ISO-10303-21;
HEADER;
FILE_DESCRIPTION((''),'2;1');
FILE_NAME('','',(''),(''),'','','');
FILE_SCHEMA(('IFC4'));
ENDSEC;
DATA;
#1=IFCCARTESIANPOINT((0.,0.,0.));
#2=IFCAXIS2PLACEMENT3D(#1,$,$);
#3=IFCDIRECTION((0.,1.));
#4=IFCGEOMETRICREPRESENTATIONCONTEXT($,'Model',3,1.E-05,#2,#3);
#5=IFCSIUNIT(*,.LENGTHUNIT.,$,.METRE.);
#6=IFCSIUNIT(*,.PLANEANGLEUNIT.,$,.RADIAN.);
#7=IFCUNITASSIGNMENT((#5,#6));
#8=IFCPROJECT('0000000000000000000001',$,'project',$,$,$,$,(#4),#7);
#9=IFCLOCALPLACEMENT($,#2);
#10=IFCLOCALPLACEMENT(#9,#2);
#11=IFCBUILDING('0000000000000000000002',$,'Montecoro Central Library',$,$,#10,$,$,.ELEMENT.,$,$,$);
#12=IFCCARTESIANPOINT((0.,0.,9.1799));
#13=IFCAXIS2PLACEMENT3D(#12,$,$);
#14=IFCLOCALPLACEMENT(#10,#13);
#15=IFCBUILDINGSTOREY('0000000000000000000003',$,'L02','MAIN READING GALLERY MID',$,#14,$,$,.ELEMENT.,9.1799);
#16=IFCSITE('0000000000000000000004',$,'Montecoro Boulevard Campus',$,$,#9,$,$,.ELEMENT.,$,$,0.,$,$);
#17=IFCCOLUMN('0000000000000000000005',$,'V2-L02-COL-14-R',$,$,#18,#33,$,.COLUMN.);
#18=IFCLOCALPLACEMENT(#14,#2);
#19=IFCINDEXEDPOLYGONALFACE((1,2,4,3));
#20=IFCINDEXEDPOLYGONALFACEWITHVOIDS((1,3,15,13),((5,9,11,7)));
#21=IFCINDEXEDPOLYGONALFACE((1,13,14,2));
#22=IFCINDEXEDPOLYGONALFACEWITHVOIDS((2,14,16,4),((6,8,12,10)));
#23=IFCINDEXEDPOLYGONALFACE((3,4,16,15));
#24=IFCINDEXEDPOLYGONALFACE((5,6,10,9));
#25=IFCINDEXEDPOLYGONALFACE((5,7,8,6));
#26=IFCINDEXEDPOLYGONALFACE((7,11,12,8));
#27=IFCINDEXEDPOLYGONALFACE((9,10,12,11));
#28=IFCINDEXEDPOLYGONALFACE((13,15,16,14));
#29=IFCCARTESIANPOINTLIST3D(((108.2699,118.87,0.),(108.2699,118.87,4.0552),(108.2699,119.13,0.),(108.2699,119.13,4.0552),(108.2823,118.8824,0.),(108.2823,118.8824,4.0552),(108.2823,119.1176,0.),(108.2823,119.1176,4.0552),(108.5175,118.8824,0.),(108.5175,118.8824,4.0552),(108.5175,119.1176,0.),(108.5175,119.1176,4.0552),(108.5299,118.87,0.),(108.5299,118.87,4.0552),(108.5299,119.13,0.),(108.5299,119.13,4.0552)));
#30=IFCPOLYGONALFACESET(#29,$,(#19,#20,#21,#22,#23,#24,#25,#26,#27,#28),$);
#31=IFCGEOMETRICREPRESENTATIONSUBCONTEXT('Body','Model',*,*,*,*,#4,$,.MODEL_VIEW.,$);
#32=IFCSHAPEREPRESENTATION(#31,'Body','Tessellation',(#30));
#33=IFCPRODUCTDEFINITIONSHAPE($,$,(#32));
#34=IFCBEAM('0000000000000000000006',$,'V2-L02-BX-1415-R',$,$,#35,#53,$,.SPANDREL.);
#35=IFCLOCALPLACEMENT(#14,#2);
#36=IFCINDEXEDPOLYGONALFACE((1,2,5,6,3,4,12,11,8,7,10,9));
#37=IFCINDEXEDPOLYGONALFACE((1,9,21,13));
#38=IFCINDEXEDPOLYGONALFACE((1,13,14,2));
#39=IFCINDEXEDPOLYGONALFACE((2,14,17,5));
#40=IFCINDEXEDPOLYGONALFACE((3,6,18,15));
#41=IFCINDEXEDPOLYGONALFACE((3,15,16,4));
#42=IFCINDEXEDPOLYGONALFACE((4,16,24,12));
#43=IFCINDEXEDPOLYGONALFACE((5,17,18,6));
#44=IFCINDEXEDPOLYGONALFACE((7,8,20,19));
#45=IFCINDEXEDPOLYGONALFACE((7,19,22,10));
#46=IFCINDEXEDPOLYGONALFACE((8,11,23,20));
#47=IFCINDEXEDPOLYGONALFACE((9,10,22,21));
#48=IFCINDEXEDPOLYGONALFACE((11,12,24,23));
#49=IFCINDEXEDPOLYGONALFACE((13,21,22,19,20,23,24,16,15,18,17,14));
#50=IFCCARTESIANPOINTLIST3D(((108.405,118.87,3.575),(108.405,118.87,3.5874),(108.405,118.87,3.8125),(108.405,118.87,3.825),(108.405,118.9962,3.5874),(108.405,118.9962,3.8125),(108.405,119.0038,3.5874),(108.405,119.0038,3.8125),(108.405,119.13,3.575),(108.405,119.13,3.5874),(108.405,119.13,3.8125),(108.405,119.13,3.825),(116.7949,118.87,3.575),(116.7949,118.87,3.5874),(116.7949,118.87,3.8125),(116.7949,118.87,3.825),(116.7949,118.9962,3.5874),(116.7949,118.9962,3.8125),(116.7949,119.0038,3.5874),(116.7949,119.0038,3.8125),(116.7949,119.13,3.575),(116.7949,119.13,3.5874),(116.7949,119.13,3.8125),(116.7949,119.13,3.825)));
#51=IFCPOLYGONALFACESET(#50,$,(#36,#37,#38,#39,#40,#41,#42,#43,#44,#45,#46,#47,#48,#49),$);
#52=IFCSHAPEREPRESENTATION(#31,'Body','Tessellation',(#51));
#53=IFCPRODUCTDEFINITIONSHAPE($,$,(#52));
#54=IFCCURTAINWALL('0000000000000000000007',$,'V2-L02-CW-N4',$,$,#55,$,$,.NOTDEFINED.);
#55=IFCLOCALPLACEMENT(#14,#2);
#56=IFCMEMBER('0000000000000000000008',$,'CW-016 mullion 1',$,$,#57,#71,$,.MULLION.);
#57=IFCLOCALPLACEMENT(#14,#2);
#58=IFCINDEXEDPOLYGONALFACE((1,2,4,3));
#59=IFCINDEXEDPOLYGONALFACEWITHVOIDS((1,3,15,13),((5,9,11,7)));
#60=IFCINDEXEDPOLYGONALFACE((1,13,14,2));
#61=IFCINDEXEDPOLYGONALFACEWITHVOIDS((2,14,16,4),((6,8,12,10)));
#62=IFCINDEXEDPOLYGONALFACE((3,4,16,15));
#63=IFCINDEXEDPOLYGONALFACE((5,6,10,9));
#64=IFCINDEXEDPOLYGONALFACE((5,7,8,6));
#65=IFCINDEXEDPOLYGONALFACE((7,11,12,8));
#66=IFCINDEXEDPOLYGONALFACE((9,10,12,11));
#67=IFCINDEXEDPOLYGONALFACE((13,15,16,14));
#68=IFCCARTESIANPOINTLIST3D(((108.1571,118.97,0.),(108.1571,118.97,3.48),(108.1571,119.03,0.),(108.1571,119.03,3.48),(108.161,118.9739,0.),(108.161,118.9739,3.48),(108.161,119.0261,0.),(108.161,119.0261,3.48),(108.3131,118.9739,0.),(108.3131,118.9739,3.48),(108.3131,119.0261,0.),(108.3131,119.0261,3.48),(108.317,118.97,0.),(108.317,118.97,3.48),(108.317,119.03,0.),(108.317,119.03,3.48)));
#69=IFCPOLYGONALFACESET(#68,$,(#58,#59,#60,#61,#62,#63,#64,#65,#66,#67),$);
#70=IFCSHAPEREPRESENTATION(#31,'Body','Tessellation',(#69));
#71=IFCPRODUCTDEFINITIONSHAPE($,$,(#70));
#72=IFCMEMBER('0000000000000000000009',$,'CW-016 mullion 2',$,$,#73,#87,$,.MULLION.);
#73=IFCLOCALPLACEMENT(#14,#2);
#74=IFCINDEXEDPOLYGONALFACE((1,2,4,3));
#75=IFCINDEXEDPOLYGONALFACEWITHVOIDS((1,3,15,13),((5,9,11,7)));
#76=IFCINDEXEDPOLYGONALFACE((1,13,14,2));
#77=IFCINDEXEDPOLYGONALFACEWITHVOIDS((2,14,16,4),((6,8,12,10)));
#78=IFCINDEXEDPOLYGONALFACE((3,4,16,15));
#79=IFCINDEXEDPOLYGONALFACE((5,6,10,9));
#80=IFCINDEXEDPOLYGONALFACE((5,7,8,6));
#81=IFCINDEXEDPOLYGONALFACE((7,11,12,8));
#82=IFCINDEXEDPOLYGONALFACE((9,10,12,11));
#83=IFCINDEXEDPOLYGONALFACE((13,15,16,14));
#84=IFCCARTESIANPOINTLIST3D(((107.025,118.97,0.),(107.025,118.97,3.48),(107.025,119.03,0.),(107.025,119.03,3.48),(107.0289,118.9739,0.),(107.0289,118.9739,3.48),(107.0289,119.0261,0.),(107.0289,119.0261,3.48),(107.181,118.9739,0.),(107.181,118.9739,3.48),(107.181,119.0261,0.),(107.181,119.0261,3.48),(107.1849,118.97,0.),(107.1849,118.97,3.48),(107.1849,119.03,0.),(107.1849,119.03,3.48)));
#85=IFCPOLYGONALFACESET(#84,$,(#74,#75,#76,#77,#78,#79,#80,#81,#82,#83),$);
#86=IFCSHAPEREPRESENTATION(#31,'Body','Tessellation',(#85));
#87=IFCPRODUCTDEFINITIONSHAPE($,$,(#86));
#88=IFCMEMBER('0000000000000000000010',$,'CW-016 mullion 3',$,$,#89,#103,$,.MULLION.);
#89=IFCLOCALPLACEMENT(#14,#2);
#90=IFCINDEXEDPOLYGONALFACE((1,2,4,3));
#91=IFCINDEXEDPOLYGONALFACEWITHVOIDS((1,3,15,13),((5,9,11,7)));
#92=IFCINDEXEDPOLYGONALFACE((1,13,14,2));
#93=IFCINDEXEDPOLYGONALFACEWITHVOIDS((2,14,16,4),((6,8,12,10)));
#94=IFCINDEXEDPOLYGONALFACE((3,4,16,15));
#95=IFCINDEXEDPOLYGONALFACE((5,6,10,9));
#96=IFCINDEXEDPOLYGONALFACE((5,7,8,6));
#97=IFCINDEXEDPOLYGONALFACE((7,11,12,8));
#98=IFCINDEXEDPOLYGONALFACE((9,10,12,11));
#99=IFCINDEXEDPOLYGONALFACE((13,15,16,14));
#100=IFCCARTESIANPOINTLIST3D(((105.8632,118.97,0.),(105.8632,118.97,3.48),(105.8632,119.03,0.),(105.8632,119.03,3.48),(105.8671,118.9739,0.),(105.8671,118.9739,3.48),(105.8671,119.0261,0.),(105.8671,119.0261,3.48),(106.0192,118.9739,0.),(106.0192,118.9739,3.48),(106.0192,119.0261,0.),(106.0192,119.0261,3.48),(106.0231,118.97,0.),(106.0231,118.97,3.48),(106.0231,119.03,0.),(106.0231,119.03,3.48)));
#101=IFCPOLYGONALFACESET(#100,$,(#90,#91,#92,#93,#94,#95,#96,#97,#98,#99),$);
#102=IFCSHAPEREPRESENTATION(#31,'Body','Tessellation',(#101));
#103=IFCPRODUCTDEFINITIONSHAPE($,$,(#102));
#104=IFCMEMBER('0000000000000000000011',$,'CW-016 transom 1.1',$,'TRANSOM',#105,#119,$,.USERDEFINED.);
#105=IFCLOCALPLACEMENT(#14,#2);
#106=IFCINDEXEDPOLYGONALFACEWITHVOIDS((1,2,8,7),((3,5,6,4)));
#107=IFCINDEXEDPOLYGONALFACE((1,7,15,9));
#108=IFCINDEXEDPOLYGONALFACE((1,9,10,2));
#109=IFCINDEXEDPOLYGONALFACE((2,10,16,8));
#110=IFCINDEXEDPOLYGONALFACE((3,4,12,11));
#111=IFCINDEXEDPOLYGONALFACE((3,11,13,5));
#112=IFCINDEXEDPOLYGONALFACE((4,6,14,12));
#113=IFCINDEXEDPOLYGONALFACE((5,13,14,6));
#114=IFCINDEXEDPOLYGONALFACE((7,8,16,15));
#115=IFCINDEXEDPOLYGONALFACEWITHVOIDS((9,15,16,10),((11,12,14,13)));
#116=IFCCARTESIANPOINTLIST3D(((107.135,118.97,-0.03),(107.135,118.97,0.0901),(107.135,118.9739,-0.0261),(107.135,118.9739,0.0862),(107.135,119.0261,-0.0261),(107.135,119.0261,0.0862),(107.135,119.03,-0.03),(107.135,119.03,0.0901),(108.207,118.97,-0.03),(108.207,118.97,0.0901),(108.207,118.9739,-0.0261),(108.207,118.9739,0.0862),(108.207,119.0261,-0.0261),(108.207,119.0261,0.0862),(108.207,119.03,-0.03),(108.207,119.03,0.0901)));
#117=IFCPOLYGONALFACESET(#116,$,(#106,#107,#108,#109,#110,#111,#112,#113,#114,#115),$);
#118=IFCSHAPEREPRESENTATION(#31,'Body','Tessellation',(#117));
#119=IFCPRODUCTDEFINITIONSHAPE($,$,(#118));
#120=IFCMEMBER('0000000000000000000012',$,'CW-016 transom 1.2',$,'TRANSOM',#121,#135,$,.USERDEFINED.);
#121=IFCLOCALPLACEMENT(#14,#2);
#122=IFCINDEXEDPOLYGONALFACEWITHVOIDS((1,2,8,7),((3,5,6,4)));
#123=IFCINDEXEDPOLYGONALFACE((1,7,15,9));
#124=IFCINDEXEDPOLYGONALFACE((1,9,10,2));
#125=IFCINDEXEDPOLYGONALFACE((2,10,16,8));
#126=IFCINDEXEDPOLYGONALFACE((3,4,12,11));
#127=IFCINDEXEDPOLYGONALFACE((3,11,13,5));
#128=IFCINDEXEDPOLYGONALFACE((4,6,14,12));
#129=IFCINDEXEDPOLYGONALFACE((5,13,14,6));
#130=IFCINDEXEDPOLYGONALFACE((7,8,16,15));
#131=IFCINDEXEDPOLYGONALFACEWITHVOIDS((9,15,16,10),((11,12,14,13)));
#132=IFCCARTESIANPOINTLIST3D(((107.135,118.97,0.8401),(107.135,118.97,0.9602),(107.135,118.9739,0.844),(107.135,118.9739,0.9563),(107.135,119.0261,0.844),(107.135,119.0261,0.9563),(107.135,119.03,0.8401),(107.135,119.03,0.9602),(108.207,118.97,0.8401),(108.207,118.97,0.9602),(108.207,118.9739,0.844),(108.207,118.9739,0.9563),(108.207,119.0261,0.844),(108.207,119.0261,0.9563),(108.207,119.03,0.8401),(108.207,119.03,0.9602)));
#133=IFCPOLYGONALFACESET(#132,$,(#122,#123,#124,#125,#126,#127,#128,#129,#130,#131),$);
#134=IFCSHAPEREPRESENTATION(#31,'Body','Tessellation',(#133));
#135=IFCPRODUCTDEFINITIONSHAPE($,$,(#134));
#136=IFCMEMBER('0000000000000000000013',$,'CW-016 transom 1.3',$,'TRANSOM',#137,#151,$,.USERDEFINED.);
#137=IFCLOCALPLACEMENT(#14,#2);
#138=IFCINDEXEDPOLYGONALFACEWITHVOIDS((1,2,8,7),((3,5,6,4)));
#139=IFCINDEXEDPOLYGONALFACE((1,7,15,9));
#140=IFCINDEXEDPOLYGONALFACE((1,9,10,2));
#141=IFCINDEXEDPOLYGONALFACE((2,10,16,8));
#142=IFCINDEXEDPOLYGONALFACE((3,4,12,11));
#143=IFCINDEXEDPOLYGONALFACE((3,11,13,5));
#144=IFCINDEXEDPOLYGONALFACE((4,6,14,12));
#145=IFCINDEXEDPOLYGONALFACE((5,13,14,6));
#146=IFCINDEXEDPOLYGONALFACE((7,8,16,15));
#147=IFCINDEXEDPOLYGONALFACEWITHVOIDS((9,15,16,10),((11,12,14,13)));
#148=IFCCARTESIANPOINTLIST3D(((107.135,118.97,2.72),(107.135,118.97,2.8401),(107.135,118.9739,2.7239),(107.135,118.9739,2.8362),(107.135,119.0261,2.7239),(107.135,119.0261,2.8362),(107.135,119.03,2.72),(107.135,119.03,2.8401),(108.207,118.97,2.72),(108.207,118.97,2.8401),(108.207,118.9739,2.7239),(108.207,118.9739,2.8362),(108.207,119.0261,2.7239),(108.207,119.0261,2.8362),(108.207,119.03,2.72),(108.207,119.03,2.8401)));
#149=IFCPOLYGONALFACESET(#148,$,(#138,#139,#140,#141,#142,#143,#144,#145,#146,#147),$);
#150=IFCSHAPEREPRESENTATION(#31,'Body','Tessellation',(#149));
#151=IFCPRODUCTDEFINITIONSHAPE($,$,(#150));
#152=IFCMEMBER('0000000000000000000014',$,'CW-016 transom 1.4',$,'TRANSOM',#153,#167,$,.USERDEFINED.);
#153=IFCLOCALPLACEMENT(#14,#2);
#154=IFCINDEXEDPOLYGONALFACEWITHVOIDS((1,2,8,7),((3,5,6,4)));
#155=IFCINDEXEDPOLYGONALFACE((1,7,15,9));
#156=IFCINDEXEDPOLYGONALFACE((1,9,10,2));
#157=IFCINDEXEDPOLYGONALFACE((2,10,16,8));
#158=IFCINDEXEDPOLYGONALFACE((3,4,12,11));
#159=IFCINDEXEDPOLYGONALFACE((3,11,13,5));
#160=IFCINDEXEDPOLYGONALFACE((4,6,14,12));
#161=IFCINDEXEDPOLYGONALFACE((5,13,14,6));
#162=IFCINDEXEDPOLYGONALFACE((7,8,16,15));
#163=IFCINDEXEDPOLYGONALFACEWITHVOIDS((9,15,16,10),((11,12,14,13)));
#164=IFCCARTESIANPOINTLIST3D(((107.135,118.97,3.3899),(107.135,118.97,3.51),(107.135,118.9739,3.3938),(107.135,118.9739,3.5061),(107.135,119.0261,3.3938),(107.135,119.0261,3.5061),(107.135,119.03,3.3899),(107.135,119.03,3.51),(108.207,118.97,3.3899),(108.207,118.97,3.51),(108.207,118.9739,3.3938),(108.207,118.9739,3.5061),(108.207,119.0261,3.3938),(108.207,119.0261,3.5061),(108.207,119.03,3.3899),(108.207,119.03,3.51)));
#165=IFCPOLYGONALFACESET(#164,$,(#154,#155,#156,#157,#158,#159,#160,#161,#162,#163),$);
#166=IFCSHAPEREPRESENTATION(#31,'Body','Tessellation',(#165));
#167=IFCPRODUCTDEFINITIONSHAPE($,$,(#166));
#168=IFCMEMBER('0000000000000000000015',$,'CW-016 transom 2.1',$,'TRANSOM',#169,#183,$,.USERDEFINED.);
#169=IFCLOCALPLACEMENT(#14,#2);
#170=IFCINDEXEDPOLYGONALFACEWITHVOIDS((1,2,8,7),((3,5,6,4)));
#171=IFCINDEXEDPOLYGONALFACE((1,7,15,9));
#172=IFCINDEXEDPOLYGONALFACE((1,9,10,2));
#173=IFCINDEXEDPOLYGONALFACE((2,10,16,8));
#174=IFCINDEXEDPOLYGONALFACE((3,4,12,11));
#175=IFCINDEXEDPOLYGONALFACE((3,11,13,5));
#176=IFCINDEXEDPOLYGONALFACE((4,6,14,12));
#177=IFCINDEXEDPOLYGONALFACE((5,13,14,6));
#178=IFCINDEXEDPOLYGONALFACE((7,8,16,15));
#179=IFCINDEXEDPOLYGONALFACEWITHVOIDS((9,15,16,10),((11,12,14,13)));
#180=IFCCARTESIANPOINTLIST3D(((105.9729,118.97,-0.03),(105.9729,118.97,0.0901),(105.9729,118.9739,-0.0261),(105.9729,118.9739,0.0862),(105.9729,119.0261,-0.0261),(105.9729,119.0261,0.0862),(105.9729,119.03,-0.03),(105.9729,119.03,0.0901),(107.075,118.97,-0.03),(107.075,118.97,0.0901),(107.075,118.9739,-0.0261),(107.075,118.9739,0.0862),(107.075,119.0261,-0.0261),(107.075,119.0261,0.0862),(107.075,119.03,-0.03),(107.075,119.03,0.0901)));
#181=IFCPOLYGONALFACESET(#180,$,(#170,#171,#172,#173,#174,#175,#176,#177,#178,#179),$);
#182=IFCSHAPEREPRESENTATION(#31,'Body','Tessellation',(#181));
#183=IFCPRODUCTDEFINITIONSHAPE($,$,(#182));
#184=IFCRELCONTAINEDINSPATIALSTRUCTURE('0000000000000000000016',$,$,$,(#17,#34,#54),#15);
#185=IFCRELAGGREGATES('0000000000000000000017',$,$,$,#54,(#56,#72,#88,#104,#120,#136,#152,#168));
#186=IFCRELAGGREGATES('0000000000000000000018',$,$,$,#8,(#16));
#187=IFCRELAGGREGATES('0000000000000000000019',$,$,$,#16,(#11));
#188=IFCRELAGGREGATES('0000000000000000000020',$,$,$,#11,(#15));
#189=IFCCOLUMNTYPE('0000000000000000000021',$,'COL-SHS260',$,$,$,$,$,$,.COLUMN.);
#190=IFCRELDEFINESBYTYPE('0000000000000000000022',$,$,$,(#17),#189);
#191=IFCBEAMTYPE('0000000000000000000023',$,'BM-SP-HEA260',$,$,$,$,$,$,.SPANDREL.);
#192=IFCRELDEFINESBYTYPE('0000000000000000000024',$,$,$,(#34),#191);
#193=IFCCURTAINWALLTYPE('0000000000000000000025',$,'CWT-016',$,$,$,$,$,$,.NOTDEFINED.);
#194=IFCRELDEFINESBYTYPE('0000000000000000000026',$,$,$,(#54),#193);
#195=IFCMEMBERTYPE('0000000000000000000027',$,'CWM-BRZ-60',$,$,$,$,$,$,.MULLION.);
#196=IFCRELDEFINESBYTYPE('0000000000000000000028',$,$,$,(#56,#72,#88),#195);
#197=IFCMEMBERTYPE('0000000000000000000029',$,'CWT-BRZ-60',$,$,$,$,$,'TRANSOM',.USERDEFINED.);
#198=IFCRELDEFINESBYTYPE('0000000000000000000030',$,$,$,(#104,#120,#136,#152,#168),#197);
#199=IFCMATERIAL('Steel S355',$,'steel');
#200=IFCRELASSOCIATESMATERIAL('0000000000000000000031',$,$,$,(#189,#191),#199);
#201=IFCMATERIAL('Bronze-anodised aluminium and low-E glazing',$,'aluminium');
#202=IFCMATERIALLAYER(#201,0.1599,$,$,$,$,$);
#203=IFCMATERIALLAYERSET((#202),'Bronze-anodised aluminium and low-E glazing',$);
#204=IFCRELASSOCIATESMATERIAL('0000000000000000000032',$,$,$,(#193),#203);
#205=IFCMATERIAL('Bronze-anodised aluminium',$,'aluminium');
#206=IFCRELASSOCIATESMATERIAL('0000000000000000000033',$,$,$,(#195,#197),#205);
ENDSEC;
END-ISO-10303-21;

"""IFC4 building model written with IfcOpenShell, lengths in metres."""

from ifc_helpers import new_model, si_unit, direction, frame, origin, origin_2d, place, context, subcontext, project, spatial, hollow_rectangle, i_section, extrude, material, layer, layer_set, material_profile, profile_set, type_object, element, aggregate, save


model = new_model("IFC4")

# Units and contexts
model_context = context("Model", 3, precision=1e-05, world=origin(), true_north=direction((0.0, 1.0)))
body_context = subcontext(model_context, "Body", "Model", "MODEL_VIEW")
ifc_project = project(units=[si_unit("LENGTHUNIT", "METRE"), si_unit("PLANEANGLEUNIT", "RADIAN")], contexts=[model_context])

# Site, building, storey
site_placement = place(None, origin())
site = spatial("IfcSite", under=ifc_project, at=site_placement, Name="Montecoro Boulevard Campus", CompositionType="ELEMENT", RefElevation=0.0)
building_placement = place(site_placement, origin())
building = spatial("IfcBuilding", under=site, at=building_placement, Name="Montecoro Central Library", CompositionType="ELEMENT")
storey_placement = place(building_placement, frame((0.0, 0.0, 9.1799)))
storey = spatial("IfcBuildingStorey", under=building, at=storey_placement, Name="L02", Description="MAIN READING GALLERY MID", CompositionType="ELEMENT", Elevation=9.1799)

# Column
ifc_material_1 = material(Name="Steel S355", Category="steel")
ifc_material_profile_1 = material_profile(ifc_material_1, hollow_rectangle(XDim=0.26, YDim=0.26, WallThickness=0.0125, at=origin_2d()), Name="SHS 260x260x12.5")
ifc_profile_set_1 = profile_set([ifc_material_profile_1], Name="Steel S355")
column_type = type_object("IfcColumnType", Name="COL-SHS260", PredefinedType="COLUMN", material=ifc_profile_set_1)
column_placement = place(storey_placement, frame((108.3999, 119.0, 0.0), z_axis=(0.0, 0.0, 1.0), x_axis=(1.0, 0.0, 0.0)))
element("IfcColumn", 1, at=column_placement, inside=storey, type_object=column_type, Name="V2-L02-COL-14-R", PredefinedType="COLUMN", context=body_context, shape_type="SweptSolid", body=[
    extrude(hollow_rectangle(XDim=0.26, YDim=0.26, WallThickness=0.0125, at=origin_2d()), origin(), (0.0, 0.0, 1.0), 4.0552),
])

# Beam
ifc_material_profile_2 = material_profile(ifc_material_1, i_section(OverallWidth=0.26, OverallDepth=0.25, WebThickness=0.0076, FlangeThickness=0.0125, at=origin_2d()), Name="HEA 260")
ifc_profile_set_2 = profile_set([ifc_material_profile_2], Name="Steel S355")
beam_type = type_object("IfcBeamType", Name="BM-SP-HEA260", PredefinedType="SPANDREL", material=ifc_profile_set_2)
beam_placement = place(storey_placement, frame((108.405, 119.0, 3.7), z_axis=(1.0, 0.0, 0.0), x_axis=(0.0, 1.0, 0.0)))
element("IfcBeam", 2, at=beam_placement, inside=storey, type_object=beam_type, Name="V2-L02-BX-1415-R", PredefinedType="SPANDREL", context=body_context, shape_type="SweptSolid", body=[
    extrude(i_section(OverallWidth=0.26, OverallDepth=0.25, WebThickness=0.0076, FlangeThickness=0.0125, at=origin_2d()), origin(), (0.0, 0.0, 1.0), 8.3899),
])

# Curtain wall, members
ifc_material_2 = material(Name="Bronze-anodised aluminium and low-E glazing", Category="aluminium")
ifc_layer_1 = layer(ifc_material_2, 0.1599)
ifc_layer_set_1 = layer_set([ifc_layer_1], Name="Bronze-anodised aluminium and low-E glazing")
curtain_wall_type = type_object("IfcCurtainWallType", Name="CWT-016", PredefinedType="NOTDEFINED", material=ifc_layer_set_1)
curtain_wall_placement = place(storey_placement, origin())
curtain_wall = element("IfcCurtainWall", 3, at=curtain_wall_placement, inside=storey, type_object=curtain_wall_type, Name="V2-L02-CW-N4", PredefinedType="NOTDEFINED")
ifc_material_3 = material(Name="Bronze-anodised aluminium", Category="aluminium")
ifc_material_profile_3 = material_profile(ifc_material_3, hollow_rectangle(XDim=0.0601, YDim=0.1599, WallThickness=0.0039, at=origin_2d()), Name="CWM 160x60x4.0")
ifc_profile_set_3 = profile_set([ifc_material_profile_3], Name="Bronze-anodised aluminium")
member_type_1 = type_object("IfcMemberType", Name="CWM-BRZ-60", PredefinedType="MULLION", material=ifc_profile_set_3)
member_1_placement = place(storey_placement, frame((108.2371, 119.0, 0.0), z_axis=(0.0, 0.0, 1.0), x_axis=(0.0, -1.0, 0.0)))
member_1 = element("IfcMember", 4, at=member_1_placement, type_object=member_type_1, Name="CW-016 mullion 1", PredefinedType="MULLION", context=body_context, shape_type="SweptSolid", body=[
    extrude(hollow_rectangle(XDim=0.0601, YDim=0.1599, WallThickness=0.0039, at=origin_2d()), origin(), (0.0, 0.0, 1.0), 3.48),
])
member_2_placement = place(storey_placement, frame((107.105, 119.0, 0.0), z_axis=(0.0, 0.0, 1.0), x_axis=(0.0, -1.0, 0.0)))
member_2 = element("IfcMember", 5, at=member_2_placement, type_object=member_type_1, Name="CW-016 mullion 2", PredefinedType="MULLION", context=body_context, shape_type="SweptSolid", body=[
    extrude(hollow_rectangle(XDim=0.0601, YDim=0.1599, WallThickness=0.0039, at=origin_2d()), origin(), (0.0, 0.0, 1.0), 3.48),
])
member_3_placement = place(storey_placement, frame((105.9431, 119.0, 0.0), z_axis=(0.0, 0.0, 1.0), x_axis=(0.0, -1.0, 0.0)))
member_3 = element("IfcMember", 6, at=member_3_placement, type_object=member_type_1, Name="CW-016 mullion 3", PredefinedType="MULLION", context=body_context, shape_type="SweptSolid", body=[
    extrude(hollow_rectangle(XDim=0.0601, YDim=0.1599, WallThickness=0.0039, at=origin_2d()), origin(), (0.0, 0.0, 1.0), 3.48),
])
ifc_material_profile_4 = material_profile(ifc_material_3, hollow_rectangle(XDim=0.0601, YDim=0.1201, WallThickness=0.0039, at=origin_2d()), Name="CWT 120x60x4.0")
ifc_profile_set_4 = profile_set([ifc_material_profile_4], Name="Bronze-anodised aluminium")
member_type_2 = type_object("IfcMemberType", Name="CWT-BRZ-60", ElementType="TRANSOM", PredefinedType="USERDEFINED", material=ifc_profile_set_4)
member_4_placement = place(storey_placement, frame((108.207, 119.0, 0.03), z_axis=(-1.0, 0.0, 0.0), x_axis=(0.0, -1.0, 0.0)))
member_4 = element("IfcMember", 7, at=member_4_placement, type_object=member_type_2, Name="CW-016 transom 1.1", ObjectType="TRANSOM", PredefinedType="USERDEFINED", context=body_context, shape_type="SweptSolid", body=[
    extrude(hollow_rectangle(XDim=0.0601, YDim=0.1201, WallThickness=0.0039, at=origin_2d()), origin(), (0.0, 0.0, 1.0), 1.072),
])
member_5_placement = place(storey_placement, frame((108.207, 119.0, 0.9001), z_axis=(-1.0, 0.0, 0.0), x_axis=(0.0, -1.0, 0.0)))
member_5 = element("IfcMember", 8, at=member_5_placement, type_object=member_type_2, Name="CW-016 transom 1.2", ObjectType="TRANSOM", PredefinedType="USERDEFINED", context=body_context, shape_type="SweptSolid", body=[
    extrude(hollow_rectangle(XDim=0.0601, YDim=0.1201, WallThickness=0.0039, at=origin_2d()), origin(), (0.0, 0.0, 1.0), 1.072),
])
member_6_placement = place(storey_placement, frame((108.207, 119.0, 2.78), z_axis=(-1.0, 0.0, 0.0), x_axis=(0.0, -1.0, 0.0)))
member_6 = element("IfcMember", 9, at=member_6_placement, type_object=member_type_2, Name="CW-016 transom 1.3", ObjectType="TRANSOM", PredefinedType="USERDEFINED", context=body_context, shape_type="SweptSolid", body=[
    extrude(hollow_rectangle(XDim=0.0601, YDim=0.1201, WallThickness=0.0039, at=origin_2d()), origin(), (0.0, 0.0, 1.0), 1.072),
])
member_7_placement = place(storey_placement, frame((108.207, 119.0, 3.45), z_axis=(-1.0, 0.0, 0.0), x_axis=(0.0, -1.0, 0.0)))
member_7 = element("IfcMember", 10, at=member_7_placement, type_object=member_type_2, Name="CW-016 transom 1.4", ObjectType="TRANSOM", PredefinedType="USERDEFINED", context=body_context, shape_type="SweptSolid", body=[
    extrude(hollow_rectangle(XDim=0.0601, YDim=0.1201, WallThickness=0.0039, at=origin_2d()), origin(), (0.0, 0.0, 1.0), 1.072),
])
member_8_placement = place(storey_placement, frame((107.075, 119.0, 0.03), z_axis=(-1.0, 0.0, 0.0), x_axis=(0.0, -1.0, 0.0)))
member_8 = element("IfcMember", 11, at=member_8_placement, type_object=member_type_2, Name="CW-016 transom 2.1", ObjectType="TRANSOM", PredefinedType="USERDEFINED", context=body_context, shape_type="SweptSolid", body=[
    extrude(hollow_rectangle(XDim=0.0601, YDim=0.1201, WallThickness=0.0039, at=origin_2d()), origin(), (0.0, 0.0, 1.0), 1.1021),
])
aggregate(curtain_wall, [member_1, member_2, member_3, member_4, member_5, member_6, member_7, member_8])

save(model, "model.ifc")
